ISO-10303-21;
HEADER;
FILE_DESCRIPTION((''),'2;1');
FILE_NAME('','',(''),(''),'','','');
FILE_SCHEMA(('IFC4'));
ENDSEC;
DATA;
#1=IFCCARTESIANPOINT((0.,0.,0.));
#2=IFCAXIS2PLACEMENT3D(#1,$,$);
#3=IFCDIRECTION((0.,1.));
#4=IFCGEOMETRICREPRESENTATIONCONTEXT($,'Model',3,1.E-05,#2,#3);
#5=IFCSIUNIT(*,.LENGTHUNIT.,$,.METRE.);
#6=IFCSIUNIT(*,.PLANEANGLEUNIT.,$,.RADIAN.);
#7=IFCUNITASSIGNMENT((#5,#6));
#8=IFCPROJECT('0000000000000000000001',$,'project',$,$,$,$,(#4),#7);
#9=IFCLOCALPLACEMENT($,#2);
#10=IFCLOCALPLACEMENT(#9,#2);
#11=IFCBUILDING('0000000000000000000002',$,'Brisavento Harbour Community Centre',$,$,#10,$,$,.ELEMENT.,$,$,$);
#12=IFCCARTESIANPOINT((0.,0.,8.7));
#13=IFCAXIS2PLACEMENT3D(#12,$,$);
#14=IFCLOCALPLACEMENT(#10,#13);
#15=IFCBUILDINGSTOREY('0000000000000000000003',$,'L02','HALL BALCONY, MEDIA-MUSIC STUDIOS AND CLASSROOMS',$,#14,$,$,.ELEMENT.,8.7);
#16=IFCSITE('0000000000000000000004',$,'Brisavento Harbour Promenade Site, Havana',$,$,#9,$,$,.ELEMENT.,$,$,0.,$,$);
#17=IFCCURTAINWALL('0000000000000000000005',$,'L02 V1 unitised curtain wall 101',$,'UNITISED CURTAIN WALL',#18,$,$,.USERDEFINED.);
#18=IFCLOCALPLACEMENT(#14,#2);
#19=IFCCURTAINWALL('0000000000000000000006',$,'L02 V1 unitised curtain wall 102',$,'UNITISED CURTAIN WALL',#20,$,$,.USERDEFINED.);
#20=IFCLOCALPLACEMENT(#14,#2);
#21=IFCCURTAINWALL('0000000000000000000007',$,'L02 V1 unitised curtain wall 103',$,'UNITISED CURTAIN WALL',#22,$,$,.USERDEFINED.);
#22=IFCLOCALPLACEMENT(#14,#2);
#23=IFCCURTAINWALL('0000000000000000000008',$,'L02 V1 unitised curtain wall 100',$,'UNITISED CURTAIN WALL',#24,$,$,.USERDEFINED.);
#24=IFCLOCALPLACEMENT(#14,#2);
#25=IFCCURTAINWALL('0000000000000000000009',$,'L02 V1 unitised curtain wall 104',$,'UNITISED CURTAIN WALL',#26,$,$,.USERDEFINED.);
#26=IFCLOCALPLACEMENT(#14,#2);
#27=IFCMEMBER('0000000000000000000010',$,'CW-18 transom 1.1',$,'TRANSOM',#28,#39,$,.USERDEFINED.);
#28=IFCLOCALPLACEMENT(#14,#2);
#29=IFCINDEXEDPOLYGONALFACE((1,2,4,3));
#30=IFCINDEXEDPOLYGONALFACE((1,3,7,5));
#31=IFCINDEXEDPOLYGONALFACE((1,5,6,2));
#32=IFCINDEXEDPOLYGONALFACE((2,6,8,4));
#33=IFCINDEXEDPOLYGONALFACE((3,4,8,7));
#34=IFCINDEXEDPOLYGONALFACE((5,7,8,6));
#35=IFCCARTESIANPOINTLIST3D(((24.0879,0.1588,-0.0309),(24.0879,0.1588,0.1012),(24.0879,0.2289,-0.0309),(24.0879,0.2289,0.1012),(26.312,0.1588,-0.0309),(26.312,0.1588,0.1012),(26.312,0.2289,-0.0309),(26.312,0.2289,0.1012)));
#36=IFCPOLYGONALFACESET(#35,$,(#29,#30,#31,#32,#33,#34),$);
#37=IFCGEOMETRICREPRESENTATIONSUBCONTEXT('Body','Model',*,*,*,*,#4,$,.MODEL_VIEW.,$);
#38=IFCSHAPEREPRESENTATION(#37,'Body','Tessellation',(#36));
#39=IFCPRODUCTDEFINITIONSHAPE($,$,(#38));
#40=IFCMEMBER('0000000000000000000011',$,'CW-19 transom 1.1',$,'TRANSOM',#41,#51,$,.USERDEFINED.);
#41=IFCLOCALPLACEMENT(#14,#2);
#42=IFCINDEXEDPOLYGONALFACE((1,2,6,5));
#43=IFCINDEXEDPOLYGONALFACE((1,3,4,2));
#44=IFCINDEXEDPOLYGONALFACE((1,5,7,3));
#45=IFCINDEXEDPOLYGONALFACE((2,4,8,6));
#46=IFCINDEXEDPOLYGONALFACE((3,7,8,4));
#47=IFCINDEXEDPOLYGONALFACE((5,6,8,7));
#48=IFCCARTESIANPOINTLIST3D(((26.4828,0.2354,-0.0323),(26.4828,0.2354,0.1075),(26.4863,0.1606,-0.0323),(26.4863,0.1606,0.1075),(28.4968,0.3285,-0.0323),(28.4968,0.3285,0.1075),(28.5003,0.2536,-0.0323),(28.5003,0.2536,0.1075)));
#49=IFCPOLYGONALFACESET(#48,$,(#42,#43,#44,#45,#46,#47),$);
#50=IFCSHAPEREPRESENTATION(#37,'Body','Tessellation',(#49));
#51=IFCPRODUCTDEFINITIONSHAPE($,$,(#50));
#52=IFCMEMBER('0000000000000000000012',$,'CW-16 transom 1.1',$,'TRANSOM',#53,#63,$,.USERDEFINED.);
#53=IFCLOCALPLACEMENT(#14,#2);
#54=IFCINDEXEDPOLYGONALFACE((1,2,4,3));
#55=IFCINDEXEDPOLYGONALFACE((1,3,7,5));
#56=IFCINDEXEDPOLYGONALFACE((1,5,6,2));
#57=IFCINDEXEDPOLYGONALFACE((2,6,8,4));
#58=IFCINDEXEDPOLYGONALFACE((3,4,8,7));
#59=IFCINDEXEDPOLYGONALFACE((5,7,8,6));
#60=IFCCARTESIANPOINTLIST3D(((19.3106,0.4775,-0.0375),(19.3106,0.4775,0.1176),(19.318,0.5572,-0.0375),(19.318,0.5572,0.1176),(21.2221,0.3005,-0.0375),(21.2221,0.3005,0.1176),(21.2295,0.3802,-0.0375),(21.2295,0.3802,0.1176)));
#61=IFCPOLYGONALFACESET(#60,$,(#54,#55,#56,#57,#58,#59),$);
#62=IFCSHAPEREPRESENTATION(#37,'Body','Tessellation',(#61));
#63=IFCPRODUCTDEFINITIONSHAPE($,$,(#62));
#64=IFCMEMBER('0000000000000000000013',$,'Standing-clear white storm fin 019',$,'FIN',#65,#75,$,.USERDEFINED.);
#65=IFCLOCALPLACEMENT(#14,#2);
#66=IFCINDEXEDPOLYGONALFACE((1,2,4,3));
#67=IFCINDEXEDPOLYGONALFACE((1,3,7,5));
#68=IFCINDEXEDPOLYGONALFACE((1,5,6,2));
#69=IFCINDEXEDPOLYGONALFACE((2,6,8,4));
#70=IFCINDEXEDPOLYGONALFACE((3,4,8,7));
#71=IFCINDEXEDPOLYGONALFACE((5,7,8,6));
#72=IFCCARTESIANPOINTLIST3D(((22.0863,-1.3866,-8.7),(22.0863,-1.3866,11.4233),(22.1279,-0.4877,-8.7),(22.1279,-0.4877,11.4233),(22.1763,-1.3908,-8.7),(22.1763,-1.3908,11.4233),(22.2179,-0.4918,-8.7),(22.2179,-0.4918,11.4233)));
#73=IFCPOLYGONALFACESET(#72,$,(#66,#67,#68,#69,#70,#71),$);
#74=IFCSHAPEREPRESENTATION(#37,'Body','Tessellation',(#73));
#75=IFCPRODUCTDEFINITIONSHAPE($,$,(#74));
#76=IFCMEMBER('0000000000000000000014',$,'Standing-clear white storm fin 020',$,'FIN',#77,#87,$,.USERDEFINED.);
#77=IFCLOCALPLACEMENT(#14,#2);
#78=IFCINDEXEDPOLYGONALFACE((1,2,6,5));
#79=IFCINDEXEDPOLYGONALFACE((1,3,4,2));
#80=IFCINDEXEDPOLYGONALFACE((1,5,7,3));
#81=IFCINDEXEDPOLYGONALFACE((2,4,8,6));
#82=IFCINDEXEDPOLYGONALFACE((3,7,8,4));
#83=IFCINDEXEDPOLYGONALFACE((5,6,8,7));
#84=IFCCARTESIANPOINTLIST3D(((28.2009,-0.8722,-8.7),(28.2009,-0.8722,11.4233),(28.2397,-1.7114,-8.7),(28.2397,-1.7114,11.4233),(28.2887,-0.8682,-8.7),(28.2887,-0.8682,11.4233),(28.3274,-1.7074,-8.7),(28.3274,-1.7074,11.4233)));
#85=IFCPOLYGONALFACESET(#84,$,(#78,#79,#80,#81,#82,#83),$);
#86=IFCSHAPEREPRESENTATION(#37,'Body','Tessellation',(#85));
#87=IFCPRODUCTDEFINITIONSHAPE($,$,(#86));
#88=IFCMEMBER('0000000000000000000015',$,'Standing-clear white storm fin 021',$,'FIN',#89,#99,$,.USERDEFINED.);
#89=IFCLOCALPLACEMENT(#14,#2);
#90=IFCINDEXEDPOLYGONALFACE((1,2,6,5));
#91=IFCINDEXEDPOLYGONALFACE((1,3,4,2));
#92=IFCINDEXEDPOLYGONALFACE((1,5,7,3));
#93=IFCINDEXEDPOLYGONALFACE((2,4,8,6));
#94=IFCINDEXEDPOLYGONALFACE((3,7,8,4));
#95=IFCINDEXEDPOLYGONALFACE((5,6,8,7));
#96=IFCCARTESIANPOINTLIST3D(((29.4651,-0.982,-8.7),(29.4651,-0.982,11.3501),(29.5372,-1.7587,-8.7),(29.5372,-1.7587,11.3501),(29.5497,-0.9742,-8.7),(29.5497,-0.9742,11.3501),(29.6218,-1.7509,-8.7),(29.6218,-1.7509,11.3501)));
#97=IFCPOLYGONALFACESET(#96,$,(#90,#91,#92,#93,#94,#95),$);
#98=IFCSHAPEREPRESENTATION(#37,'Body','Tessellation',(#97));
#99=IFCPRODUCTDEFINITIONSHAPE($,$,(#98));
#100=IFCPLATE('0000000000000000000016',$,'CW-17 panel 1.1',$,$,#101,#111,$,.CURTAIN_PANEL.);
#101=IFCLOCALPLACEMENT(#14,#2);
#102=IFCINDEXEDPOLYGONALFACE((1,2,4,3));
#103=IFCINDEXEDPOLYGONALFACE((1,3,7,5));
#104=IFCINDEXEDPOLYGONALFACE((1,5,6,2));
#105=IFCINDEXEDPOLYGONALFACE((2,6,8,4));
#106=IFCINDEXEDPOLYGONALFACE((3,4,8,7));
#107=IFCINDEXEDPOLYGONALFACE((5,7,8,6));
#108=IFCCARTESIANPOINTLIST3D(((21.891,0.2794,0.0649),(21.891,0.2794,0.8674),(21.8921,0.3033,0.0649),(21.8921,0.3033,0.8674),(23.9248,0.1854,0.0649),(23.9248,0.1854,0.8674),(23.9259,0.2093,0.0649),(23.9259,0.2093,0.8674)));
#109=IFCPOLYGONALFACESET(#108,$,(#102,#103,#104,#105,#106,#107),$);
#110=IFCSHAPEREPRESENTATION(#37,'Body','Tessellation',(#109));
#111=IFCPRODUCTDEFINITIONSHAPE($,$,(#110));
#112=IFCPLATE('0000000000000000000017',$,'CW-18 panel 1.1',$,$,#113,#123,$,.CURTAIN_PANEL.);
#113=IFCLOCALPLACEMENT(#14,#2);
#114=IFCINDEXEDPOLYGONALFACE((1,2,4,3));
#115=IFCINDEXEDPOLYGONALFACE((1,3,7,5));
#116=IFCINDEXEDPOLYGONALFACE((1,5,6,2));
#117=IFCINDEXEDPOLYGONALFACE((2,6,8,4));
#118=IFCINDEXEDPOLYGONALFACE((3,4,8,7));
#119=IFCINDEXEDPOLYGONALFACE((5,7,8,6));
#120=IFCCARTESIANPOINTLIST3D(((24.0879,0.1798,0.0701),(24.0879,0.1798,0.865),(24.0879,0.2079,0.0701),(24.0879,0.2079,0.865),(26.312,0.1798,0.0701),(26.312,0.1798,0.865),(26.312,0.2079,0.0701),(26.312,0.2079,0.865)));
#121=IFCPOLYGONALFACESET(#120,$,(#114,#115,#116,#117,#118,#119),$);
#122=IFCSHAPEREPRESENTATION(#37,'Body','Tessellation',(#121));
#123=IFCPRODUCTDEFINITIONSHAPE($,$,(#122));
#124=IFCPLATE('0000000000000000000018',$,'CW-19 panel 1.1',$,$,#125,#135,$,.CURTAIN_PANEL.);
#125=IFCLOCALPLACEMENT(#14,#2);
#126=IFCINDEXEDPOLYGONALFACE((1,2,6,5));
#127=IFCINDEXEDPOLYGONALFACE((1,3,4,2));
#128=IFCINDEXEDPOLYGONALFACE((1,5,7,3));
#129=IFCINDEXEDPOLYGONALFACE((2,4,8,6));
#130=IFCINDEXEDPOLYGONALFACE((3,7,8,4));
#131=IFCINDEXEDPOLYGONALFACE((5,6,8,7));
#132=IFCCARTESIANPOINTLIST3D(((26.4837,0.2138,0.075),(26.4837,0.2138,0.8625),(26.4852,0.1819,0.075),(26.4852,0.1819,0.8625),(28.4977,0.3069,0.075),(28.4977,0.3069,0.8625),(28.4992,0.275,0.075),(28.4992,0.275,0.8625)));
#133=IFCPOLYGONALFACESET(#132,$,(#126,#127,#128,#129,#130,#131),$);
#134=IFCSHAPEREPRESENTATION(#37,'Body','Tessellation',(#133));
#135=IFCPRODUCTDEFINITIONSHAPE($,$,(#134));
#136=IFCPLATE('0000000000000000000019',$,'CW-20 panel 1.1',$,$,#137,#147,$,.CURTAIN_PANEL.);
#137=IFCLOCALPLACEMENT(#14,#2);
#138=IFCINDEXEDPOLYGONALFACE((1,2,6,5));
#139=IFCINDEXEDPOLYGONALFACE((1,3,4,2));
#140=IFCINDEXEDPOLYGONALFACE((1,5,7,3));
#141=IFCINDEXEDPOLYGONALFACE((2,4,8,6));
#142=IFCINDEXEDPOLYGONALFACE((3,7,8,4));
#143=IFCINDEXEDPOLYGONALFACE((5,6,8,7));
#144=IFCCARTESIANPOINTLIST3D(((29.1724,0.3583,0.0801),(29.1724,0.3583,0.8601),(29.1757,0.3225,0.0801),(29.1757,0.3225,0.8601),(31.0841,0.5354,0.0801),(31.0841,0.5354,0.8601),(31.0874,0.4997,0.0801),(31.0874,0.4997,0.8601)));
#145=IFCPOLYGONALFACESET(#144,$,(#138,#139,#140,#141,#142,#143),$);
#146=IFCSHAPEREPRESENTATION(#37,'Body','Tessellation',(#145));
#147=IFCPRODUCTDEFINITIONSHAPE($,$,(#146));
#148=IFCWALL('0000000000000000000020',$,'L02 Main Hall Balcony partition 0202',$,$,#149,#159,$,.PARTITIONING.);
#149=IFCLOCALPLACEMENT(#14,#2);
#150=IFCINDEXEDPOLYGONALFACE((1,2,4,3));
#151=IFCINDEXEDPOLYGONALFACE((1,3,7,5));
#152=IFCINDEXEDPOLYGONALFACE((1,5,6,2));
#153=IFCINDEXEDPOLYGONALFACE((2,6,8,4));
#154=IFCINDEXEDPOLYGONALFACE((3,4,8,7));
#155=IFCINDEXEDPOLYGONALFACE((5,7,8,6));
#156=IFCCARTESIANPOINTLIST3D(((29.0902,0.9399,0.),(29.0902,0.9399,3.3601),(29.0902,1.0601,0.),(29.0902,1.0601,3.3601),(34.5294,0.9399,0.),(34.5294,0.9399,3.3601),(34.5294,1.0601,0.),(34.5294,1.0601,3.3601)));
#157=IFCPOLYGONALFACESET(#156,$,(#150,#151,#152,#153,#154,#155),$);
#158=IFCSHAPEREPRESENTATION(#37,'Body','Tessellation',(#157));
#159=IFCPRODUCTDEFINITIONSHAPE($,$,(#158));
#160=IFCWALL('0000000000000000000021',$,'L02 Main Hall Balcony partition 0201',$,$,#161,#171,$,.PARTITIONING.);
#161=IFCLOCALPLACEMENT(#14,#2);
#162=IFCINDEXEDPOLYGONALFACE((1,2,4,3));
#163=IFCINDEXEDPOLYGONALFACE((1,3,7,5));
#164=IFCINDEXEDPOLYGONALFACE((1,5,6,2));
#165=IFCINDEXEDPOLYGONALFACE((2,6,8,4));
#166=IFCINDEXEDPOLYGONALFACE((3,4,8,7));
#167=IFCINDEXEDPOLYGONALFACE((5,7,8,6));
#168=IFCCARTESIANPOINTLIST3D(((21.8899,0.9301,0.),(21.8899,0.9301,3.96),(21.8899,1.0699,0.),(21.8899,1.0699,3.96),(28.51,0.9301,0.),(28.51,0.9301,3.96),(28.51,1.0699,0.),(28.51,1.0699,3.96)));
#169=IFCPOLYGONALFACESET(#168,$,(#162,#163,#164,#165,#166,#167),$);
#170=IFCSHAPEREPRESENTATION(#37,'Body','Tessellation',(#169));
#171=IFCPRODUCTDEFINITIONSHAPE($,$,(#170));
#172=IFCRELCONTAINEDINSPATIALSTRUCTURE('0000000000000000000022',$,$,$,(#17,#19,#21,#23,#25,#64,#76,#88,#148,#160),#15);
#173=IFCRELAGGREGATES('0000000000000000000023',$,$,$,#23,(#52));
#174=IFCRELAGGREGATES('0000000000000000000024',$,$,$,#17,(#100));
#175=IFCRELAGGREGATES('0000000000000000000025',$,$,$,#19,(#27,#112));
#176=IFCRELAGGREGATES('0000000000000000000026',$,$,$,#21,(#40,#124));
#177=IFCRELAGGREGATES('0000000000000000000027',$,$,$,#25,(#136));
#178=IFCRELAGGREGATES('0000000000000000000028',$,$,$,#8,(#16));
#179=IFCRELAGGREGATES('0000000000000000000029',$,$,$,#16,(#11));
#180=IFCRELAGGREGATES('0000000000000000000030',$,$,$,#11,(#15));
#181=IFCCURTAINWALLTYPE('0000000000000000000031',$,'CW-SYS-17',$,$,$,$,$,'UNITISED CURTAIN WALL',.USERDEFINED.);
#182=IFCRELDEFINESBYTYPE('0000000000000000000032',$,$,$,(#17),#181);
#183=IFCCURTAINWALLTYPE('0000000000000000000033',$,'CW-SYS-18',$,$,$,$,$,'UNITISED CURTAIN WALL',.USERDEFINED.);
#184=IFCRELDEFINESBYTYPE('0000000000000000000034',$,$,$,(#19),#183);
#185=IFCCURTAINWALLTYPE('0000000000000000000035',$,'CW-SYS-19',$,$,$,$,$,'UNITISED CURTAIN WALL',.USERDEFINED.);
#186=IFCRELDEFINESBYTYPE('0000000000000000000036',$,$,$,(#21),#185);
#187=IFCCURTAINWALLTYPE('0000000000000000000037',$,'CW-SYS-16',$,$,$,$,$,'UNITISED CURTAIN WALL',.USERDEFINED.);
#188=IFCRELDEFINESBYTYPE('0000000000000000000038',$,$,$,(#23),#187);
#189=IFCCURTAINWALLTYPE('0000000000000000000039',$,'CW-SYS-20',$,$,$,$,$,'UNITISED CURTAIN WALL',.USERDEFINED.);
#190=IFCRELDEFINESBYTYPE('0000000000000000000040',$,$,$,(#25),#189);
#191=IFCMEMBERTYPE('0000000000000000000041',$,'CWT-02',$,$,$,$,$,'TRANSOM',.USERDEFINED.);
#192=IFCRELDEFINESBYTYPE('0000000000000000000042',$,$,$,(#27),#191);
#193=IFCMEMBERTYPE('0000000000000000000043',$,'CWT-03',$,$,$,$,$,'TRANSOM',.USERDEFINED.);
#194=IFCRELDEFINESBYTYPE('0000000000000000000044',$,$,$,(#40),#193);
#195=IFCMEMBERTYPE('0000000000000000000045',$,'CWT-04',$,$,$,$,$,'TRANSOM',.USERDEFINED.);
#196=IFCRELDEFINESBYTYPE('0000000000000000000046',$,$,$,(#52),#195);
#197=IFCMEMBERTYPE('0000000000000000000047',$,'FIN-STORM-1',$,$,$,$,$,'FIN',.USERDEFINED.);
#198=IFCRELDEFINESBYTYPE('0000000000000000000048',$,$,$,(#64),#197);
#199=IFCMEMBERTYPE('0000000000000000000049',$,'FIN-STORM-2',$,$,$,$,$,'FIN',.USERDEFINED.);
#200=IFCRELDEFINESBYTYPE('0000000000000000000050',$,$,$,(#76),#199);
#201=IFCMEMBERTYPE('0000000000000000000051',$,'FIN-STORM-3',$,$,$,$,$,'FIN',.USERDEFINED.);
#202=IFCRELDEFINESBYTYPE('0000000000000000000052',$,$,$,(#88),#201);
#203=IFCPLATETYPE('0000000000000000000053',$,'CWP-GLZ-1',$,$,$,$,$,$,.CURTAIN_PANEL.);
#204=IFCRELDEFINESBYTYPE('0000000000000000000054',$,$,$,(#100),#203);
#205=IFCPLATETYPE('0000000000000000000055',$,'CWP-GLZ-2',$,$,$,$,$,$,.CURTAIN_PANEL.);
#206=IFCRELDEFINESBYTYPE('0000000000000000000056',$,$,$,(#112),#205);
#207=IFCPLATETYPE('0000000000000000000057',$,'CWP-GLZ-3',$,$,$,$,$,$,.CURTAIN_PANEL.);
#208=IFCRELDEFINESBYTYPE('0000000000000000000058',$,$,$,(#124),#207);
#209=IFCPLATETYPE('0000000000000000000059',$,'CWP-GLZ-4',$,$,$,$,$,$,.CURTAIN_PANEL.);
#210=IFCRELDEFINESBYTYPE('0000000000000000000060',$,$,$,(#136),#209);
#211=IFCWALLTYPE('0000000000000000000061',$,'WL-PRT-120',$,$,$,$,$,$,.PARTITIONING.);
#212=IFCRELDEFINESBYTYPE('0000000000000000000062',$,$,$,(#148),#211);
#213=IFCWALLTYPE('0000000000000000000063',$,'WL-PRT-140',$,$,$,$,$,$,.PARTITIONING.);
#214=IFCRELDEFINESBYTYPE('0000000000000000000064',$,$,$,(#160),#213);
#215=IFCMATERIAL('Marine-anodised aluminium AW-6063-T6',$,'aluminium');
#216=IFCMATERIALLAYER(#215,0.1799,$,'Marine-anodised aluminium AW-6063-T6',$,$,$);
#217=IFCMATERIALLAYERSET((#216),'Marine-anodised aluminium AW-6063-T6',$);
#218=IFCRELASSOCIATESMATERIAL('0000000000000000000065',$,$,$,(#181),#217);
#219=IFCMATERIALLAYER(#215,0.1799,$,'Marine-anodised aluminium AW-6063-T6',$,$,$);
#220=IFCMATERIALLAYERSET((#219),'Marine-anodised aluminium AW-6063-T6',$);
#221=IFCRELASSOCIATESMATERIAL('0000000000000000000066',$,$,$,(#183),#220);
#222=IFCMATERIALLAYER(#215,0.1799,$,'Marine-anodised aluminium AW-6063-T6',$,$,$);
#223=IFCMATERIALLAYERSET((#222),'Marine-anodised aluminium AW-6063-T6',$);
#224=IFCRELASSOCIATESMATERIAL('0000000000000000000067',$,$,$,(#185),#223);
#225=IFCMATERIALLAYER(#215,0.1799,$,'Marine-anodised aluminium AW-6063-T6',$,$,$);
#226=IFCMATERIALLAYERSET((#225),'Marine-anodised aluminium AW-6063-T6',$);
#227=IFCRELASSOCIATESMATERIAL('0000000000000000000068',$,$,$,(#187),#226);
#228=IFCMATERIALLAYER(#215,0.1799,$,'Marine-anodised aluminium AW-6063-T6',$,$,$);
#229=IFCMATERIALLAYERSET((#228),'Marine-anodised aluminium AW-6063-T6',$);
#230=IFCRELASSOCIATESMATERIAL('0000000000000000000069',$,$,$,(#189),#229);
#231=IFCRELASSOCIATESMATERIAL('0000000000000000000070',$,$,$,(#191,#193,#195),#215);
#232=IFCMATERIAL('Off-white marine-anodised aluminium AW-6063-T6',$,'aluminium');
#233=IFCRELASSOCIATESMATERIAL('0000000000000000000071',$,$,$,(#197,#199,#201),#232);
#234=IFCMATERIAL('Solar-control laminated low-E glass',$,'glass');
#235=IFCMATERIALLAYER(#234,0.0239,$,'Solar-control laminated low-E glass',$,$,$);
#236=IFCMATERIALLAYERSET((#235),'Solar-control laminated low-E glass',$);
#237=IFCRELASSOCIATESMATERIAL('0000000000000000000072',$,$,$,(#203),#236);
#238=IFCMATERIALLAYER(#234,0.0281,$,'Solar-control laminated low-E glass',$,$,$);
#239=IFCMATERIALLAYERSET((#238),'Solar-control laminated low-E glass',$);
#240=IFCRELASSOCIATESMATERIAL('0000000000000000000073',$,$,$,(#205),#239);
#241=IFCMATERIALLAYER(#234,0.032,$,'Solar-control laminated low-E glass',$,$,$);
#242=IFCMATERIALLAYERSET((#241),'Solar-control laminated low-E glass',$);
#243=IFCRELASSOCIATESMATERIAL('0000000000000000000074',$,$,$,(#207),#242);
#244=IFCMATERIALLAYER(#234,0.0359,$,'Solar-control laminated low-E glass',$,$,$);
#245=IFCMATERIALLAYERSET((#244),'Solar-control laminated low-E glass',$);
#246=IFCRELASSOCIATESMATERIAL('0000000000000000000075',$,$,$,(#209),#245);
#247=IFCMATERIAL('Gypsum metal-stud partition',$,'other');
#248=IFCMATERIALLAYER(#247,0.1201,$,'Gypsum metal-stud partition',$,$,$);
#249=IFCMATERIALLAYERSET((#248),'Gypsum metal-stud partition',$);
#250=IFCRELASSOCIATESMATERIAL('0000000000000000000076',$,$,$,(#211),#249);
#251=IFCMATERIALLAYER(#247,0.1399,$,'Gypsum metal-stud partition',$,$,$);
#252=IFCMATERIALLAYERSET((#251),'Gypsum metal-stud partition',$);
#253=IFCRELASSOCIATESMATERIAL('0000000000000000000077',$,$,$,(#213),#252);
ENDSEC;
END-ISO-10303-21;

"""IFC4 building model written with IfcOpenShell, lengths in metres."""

from ifc_helpers import new_model, si_unit, direction, frame, frame_2d, origin, origin_2d, place, context, subcontext, project, spatial, rectangle, extrude, material, layer, layer_set, material_profile, profile_set, type_object, element, aggregate, save


model = new_model("IFC4")

# Units and contexts
model_context = context("Model", 3, precision=1e-05, world=origin(), true_north=direction((0.0, 1.0)))
body_context = subcontext(model_context, "Body", "Model", "MODEL_VIEW")
ifc_project = project(units=[si_unit("LENGTHUNIT", "METRE"), si_unit("PLANEANGLEUNIT", "RADIAN")], contexts=[model_context])

# Site, building, storey
site_placement = place(None, origin())
site = spatial("IfcSite", under=ifc_project, at=site_placement, Name="Brisavento Harbour Promenade Site, Havana", CompositionType="ELEMENT", RefElevation=0.0)
building_placement = place(site_placement, origin())
building = spatial("IfcBuilding", under=site, at=building_placement, Name="Brisavento Harbour Community Centre", CompositionType="ELEMENT")
storey_placement = place(building_placement, frame((0.0, 0.0, 8.7)))
storey = spatial("IfcBuildingStorey", under=building, at=storey_placement, Name="L02", Description="HALL BALCONY, MEDIA-MUSIC STUDIOS AND CLASSROOMS", CompositionType="ELEMENT", Elevation=8.7)

# Curtain walls
ifc_material_1 = material(Name="Marine-anodised aluminium AW-6063-T6", Category="aluminium")
ifc_layer_1 = layer(ifc_material_1, 0.1799, Name="Marine-anodised aluminium AW-6063-T6")
ifc_layer_set_1 = layer_set([ifc_layer_1], Name="Marine-anodised aluminium AW-6063-T6")
curtain_wall_type_1 = type_object("IfcCurtainWallType", Name="CW-SYS-17", ElementType="UNITISED CURTAIN WALL", PredefinedType="USERDEFINED", material=ifc_layer_set_1)
curtain_wall_1_placement = place(storey_placement, origin())
curtain_wall_1 = element("IfcCurtainWall", 1, at=curtain_wall_1_placement, inside=storey, type_object=curtain_wall_type_1, Name="L02 V1 unitised curtain wall 101", ObjectType="UNITISED CURTAIN WALL", PredefinedType="USERDEFINED")
ifc_layer_2 = layer(ifc_material_1, 0.1799, Name="Marine-anodised aluminium AW-6063-T6")
ifc_layer_set_2 = layer_set([ifc_layer_2], Name="Marine-anodised aluminium AW-6063-T6")
curtain_wall_type_2 = type_object("IfcCurtainWallType", Name="CW-SYS-18", ElementType="UNITISED CURTAIN WALL", PredefinedType="USERDEFINED", material=ifc_layer_set_2)
curtain_wall_2_placement = place(storey_placement, origin())
curtain_wall_2 = element("IfcCurtainWall", 2, at=curtain_wall_2_placement, inside=storey, type_object=curtain_wall_type_2, Name="L02 V1 unitised curtain wall 102", ObjectType="UNITISED CURTAIN WALL", PredefinedType="USERDEFINED")
ifc_layer_3 = layer(ifc_material_1, 0.1799, Name="Marine-anodised aluminium AW-6063-T6")
ifc_layer_set_3 = layer_set([ifc_layer_3], Name="Marine-anodised aluminium AW-6063-T6")
curtain_wall_type_3 = type_object("IfcCurtainWallType", Name="CW-SYS-19", ElementType="UNITISED CURTAIN WALL", PredefinedType="USERDEFINED", material=ifc_layer_set_3)
curtain_wall_3_placement = place(storey_placement, origin())
curtain_wall_3 = element("IfcCurtainWall", 3, at=curtain_wall_3_placement, inside=storey, type_object=curtain_wall_type_3, Name="L02 V1 unitised curtain wall 103", ObjectType="UNITISED CURTAIN WALL", PredefinedType="USERDEFINED")

# Curtain walls
ifc_layer_4 = layer(ifc_material_1, 0.1799, Name="Marine-anodised aluminium AW-6063-T6")
ifc_layer_set_4 = layer_set([ifc_layer_4], Name="Marine-anodised aluminium AW-6063-T6")
curtain_wall_type_4 = type_object("IfcCurtainWallType", Name="CW-SYS-16", ElementType="UNITISED CURTAIN WALL", PredefinedType="USERDEFINED", material=ifc_layer_set_4)
curtain_wall_4_placement = place(storey_placement, origin())
curtain_wall_4 = element("IfcCurtainWall", 4, at=curtain_wall_4_placement, inside=storey, type_object=curtain_wall_type_4, Name="L02 V1 unitised curtain wall 100", ObjectType="UNITISED CURTAIN WALL", PredefinedType="USERDEFINED")
ifc_layer_5 = layer(ifc_material_1, 0.1799, Name="Marine-anodised aluminium AW-6063-T6")
ifc_layer_set_5 = layer_set([ifc_layer_5], Name="Marine-anodised aluminium AW-6063-T6")
curtain_wall_type_5 = type_object("IfcCurtainWallType", Name="CW-SYS-20", ElementType="UNITISED CURTAIN WALL", PredefinedType="USERDEFINED", material=ifc_layer_set_5)
curtain_wall_5_placement = place(storey_placement, origin())
curtain_wall_5 = element("IfcCurtainWall", 5, at=curtain_wall_5_placement, inside=storey, type_object=curtain_wall_type_5, Name="L02 V1 unitised curtain wall 104", ObjectType="UNITISED CURTAIN WALL", PredefinedType="USERDEFINED")

# Members
ifc_material_profile_1 = material_profile(ifc_material_1, rectangle(XDim=0.0701, YDim=0.1321, at=origin_2d()), Name="Marine-anodised aluminium AW-6063-T6")
ifc_profile_set_1 = profile_set([ifc_material_profile_1], Name="Marine-anodised aluminium AW-6063-T6")
member_type_1 = type_object("IfcMemberType", Name="CWT-02", ElementType="TRANSOM", PredefinedType="USERDEFINED", material=ifc_profile_set_1)
member_1_placement = place(storey_placement, frame((26.312, 0.1938, 0.0352), z_axis=(-1.0, 0.0, 0.0), x_axis=(0.0, -1.0, 0.0)))
member_1 = element("IfcMember", 6, at=member_1_placement, type_object=member_type_1, Name="CW-18 transom 1.1", ObjectType="TRANSOM", PredefinedType="USERDEFINED", context=body_context, shape_type="SweptSolid", body=[
    extrude(rectangle(XDim=0.0701, YDim=0.1321, at=origin_2d()), origin(), (0.0, 0.0, 1.0), 2.2241),
])
ifc_material_profile_2 = material_profile(ifc_material_1, rectangle(XDim=0.075, YDim=0.1399, at=origin_2d()), Name="Marine-anodised aluminium AW-6063-T6")
ifc_profile_set_2 = profile_set([ifc_material_profile_2], Name="Marine-anodised aluminium AW-6063-T6")
member_type_2 = type_object("IfcMemberType", Name="CWT-03", ElementType="TRANSOM", PredefinedType="USERDEFINED", material=ifc_profile_set_2)
member_2_placement = place(storey_placement, frame((28.4985, 0.291, 0.0376), z_axis=(-0.998935, -0.046138, 0.0), x_axis=(0.046138, -0.998935, 0.0)))
member_2 = element("IfcMember", 7, at=member_2_placement, type_object=member_type_2, Name="CW-19 transom 1.1", ObjectType="TRANSOM", PredefinedType="USERDEFINED", context=body_context, shape_type="SweptSolid", body=[
    extrude(rectangle(XDim=0.075, YDim=0.1399, at=origin_2d()), origin(), (0.0, 0.0, 1.0), 2.0161),
])
ifc_material_profile_3 = material_profile(ifc_material_1, rectangle(XDim=0.0801, YDim=0.155, at=origin_2d()), Name="Marine-anodised aluminium AW-6063-T6")
ifc_profile_set_3 = profile_set([ifc_material_profile_3], Name="Marine-anodised aluminium AW-6063-T6")
member_type_3 = type_object("IfcMemberType", Name="CWT-04", ElementType="TRANSOM", PredefinedType="USERDEFINED", material=ifc_profile_set_3)
member_3_placement = place(storey_placement, frame((21.2258, 0.3403, 0.04), z_axis=(-0.995741, 0.092198, 0.0), x_axis=(-0.092198, -0.995741, 0.0)))
member_3 = element("IfcMember", 8, at=member_3_placement, type_object=member_type_3, Name="CW-16 transom 1.1", ObjectType="TRANSOM", PredefinedType="USERDEFINED", context=body_context, shape_type="SweptSolid", body=[
    extrude(rectangle(XDim=0.0801, YDim=0.155, at=origin_2d()), origin(), (0.0, 0.0, 1.0), 1.9197),
])
aggregate(curtain_wall_4, [member_3])

# Members
ifc_material_2 = material(Name="Off-white marine-anodised aluminium AW-6063-T6", Category="aluminium")
ifc_material_profile_4 = material_profile(ifc_material_2, rectangle(XDim=0.0901, YDim=0.8999, at=origin_2d()), Name="Off-white marine-anodised aluminium AW-6063-T6")
ifc_profile_set_4 = profile_set([ifc_material_profile_4], Name="Off-white marine-anodised aluminium AW-6063-T6")
member_type_4 = type_object("IfcMemberType", Name="FIN-STORM-1", ElementType="FIN", PredefinedType="USERDEFINED", material=ifc_profile_set_4)
member_4_placement = place(storey_placement, frame((22.1521, -0.9392, -8.7), z_axis=(0.0, 0.0, 1.0), x_axis=(-0.998934, 0.046165, 0.0)))
element("IfcMember", 9, at=member_4_placement, inside=storey, type_object=member_type_4, Name="Standing-clear white storm fin 019", ObjectType="FIN", PredefinedType="USERDEFINED", context=body_context, shape_type="SweptSolid", body=[
    extrude(rectangle(XDim=0.0901, YDim=0.8999, at=origin_2d()), origin(), (0.0, 0.0, 1.0), 20.1233),
])
ifc_material_profile_5 = material_profile(ifc_material_2, rectangle(XDim=0.0879, YDim=0.8401, at=origin_2d()), Name="Off-white marine-anodised aluminium AW-6063-T6")
ifc_profile_set_5 = profile_set([ifc_material_profile_5], Name="Off-white marine-anodised aluminium AW-6063-T6")
member_type_5 = type_object("IfcMemberType", Name="FIN-STORM-2", ElementType="FIN", PredefinedType="USERDEFINED", material=ifc_profile_set_5)
member_5_placement = place(storey_placement, frame((28.2642, -1.2898, -8.7), z_axis=(0.0, 0.0, 1.0), x_axis=(-0.998934, -0.046165, 0.0)))
element("IfcMember", 10, at=member_5_placement, inside=storey, type_object=member_type_5, Name="Standing-clear white storm fin 020", ObjectType="FIN", PredefinedType="USERDEFINED", context=body_context, shape_type="SweptSolid", body=[
    extrude(rectangle(XDim=0.0879, YDim=0.8401, at=origin_2d()), origin(), (0.0, 0.0, 1.0), 20.1233),
])
ifc_material_profile_6 = material_profile(ifc_material_2, rectangle(XDim=0.085, YDim=0.78, at=origin_2d()), Name="Off-white marine-anodised aluminium AW-6063-T6")
ifc_profile_set_6 = profile_set([ifc_material_profile_6], Name="Off-white marine-anodised aluminium AW-6063-T6")
member_type_6 = type_object("IfcMemberType", Name="FIN-STORM-3", ElementType="FIN", PredefinedType="USERDEFINED", material=ifc_profile_set_6)
member_6_placement = place(storey_placement, frame((29.5435, -1.3665, -8.7), z_axis=(0.0, 0.0, 1.0), x_axis=(-0.995728, -0.092336, 0.0)))
element("IfcMember", 11, at=member_6_placement, inside=storey, type_object=member_type_6, Name="Standing-clear white storm fin 021", ObjectType="FIN", PredefinedType="USERDEFINED", context=body_context, shape_type="SweptSolid", body=[
    extrude(rectangle(XDim=0.085, YDim=0.78, at=origin_2d()), origin(), (0.0, 0.0, 1.0), 20.05),
])

# Plates
ifc_material_3 = material(Name="Solar-control laminated low-E glass", Category="glass")
ifc_layer_6 = layer(ifc_material_3, 0.0239, Name="Solar-control laminated low-E glass")
ifc_layer_set_6 = layer_set([ifc_layer_6], Name="Solar-control laminated low-E glass")
plate_type_1 = type_object("IfcPlateType", Name="CWP-GLZ-1", PredefinedType="CURTAIN_PANEL", material=ifc_layer_set_6)
plate_1_placement = place(storey_placement, frame((22.9084, 0.2444, 0.0649), z_axis=(0.0, 0.0, 1.0), x_axis=(-0.998934, 0.046168, 0.0)))
plate_1 = element("IfcPlate", 12, at=plate_1_placement, type_object=plate_type_1, Name="CW-17 panel 1.1", PredefinedType="CURTAIN_PANEL", context=body_context, shape_type="SweptSolid", body=[
    extrude(rectangle(XDim=2.0359, YDim=0.0239, at=origin_2d()), origin(), (0.0, 0.0, 1.0), 0.8025),
])
aggregate(curtain_wall_1, [plate_1])
ifc_layer_7 = layer(ifc_material_3, 0.0281, Name="Solar-control laminated low-E glass")
ifc_layer_set_7 = layer_set([ifc_layer_7], Name="Solar-control laminated low-E glass")
plate_type_2 = type_object("IfcPlateType", Name="CWP-GLZ-2", PredefinedType="CURTAIN_PANEL", material=ifc_layer_set_7)
plate_2_placement = place(storey_placement, frame((25.2, 0.1938, 0.0701), z_axis=(0.0, 0.0, 1.0), x_axis=(-1.0, 0.0, 0.0)))
plate_2 = element("IfcPlate", 13, at=plate_2_placement, type_object=plate_type_2, Name="CW-18 panel 1.1", PredefinedType="CURTAIN_PANEL", context=body_context, shape_type="SweptSolid", body=[
    extrude(rectangle(XDim=2.2241, YDim=0.0281, at=origin_2d()), origin(), (0.0, 0.0, 1.0), 0.7949),
])
aggregate(curtain_wall_2, [member_1, plate_2])
ifc_layer_8 = layer(ifc_material_3, 0.032, Name="Solar-control laminated low-E glass")
ifc_layer_set_8 = layer_set([ifc_layer_8], Name="Solar-control laminated low-E glass")
plate_type_3 = type_object("IfcPlateType", Name="CWP-GLZ-3", PredefinedType="CURTAIN_PANEL", material=ifc_layer_set_8)
plate_3_placement = place(storey_placement, frame((27.4915, 0.2444, 0.075), z_axis=(0.0, 0.0, 1.0), x_axis=(-0.998934, -0.046168, 0.0)))
plate_3 = element("IfcPlate", 14, at=plate_3_placement, type_object=plate_type_3, Name="CW-19 panel 1.1", PredefinedType="CURTAIN_PANEL", context=body_context, shape_type="SweptSolid", body=[
    extrude(rectangle(XDim=2.0161, YDim=0.032, at=origin_2d()), origin(), (0.0, 0.0, 1.0), 0.7876),
])
aggregate(curtain_wall_3, [member_2, plate_3])
ifc_layer_9 = layer(ifc_material_3, 0.0359, Name="Solar-control laminated low-E glass")
ifc_layer_set_9 = layer_set([ifc_layer_9], Name="Solar-control laminated low-E glass")
plate_type_4 = type_object("IfcPlateType", Name="CWP-GLZ-4", PredefinedType="CURTAIN_PANEL", material=ifc_layer_set_9)
plate_4_placement = place(storey_placement, frame((30.1299, 0.429, 0.0801), z_axis=(0.0, 0.0, 1.0), x_axis=(-0.995735, -0.092261, 0.0)))
plate_4 = element("IfcPlate", 15, at=plate_4_placement, type_object=plate_type_4, Name="CW-20 panel 1.1", PredefinedType="CURTAIN_PANEL", context=body_context, shape_type="SweptSolid", body=[
    extrude(rectangle(XDim=1.9199, YDim=0.0359, at=origin_2d()), origin(), (0.0, 0.0, 1.0), 0.78),
])
aggregate(curtain_wall_5, [plate_4])

# Walls
ifc_material_4 = material(Name="Gypsum metal-stud partition", Category="other")
ifc_layer_10 = layer(ifc_material_4, 0.1201, Name="Gypsum metal-stud partition")
ifc_layer_set_10 = layer_set([ifc_layer_10], Name="Gypsum metal-stud partition")
wall_type_1 = type_object("IfcWallType", Name="WL-PRT-120", PredefinedType="PARTITIONING", material=ifc_layer_set_10)
wall_1_placement = place(storey_placement, frame((29.0901, 1.0, 0.0), z_axis=(0.0, 0.0, 1.0), x_axis=(1.0, 0.0, 0.0)))
element("IfcWall", 16, at=wall_1_placement, inside=storey, type_object=wall_type_1, Name="L02 Main Hall Balcony partition 0202", PredefinedType="PARTITIONING", context=body_context, shape_type="SweptSolid", body=[
    extrude(rectangle(XDim=5.4392, YDim=0.1201, at=frame_2d((2.7197, 0.0))), origin(), (0.0, 0.0, 1.0), 3.3601),
])
ifc_layer_11 = layer(ifc_material_4, 0.1399, Name="Gypsum metal-stud partition")
ifc_layer_set_11 = layer_set([ifc_layer_11], Name="Gypsum metal-stud partition")
wall_type_2 = type_object("IfcWallType", Name="WL-PRT-140", PredefinedType="PARTITIONING", material=ifc_layer_set_11)
wall_2_placement = place(storey_placement, frame((21.8899, 1.0, 0.0), z_axis=(0.0, 0.0, 1.0), x_axis=(1.0, 0.0, 0.0)))
element("IfcWall", 17, at=wall_2_placement, inside=storey, type_object=wall_type_2, Name="L02 Main Hall Balcony partition 0201", PredefinedType="PARTITIONING", context=body_context, shape_type="SweptSolid", body=[
    extrude(rectangle(XDim=6.6201, YDim=0.1399, at=frame_2d((3.3101, 0.0))), origin(), (0.0, 0.0, 1.0), 3.96),
])

save(model, "model.ifc")
